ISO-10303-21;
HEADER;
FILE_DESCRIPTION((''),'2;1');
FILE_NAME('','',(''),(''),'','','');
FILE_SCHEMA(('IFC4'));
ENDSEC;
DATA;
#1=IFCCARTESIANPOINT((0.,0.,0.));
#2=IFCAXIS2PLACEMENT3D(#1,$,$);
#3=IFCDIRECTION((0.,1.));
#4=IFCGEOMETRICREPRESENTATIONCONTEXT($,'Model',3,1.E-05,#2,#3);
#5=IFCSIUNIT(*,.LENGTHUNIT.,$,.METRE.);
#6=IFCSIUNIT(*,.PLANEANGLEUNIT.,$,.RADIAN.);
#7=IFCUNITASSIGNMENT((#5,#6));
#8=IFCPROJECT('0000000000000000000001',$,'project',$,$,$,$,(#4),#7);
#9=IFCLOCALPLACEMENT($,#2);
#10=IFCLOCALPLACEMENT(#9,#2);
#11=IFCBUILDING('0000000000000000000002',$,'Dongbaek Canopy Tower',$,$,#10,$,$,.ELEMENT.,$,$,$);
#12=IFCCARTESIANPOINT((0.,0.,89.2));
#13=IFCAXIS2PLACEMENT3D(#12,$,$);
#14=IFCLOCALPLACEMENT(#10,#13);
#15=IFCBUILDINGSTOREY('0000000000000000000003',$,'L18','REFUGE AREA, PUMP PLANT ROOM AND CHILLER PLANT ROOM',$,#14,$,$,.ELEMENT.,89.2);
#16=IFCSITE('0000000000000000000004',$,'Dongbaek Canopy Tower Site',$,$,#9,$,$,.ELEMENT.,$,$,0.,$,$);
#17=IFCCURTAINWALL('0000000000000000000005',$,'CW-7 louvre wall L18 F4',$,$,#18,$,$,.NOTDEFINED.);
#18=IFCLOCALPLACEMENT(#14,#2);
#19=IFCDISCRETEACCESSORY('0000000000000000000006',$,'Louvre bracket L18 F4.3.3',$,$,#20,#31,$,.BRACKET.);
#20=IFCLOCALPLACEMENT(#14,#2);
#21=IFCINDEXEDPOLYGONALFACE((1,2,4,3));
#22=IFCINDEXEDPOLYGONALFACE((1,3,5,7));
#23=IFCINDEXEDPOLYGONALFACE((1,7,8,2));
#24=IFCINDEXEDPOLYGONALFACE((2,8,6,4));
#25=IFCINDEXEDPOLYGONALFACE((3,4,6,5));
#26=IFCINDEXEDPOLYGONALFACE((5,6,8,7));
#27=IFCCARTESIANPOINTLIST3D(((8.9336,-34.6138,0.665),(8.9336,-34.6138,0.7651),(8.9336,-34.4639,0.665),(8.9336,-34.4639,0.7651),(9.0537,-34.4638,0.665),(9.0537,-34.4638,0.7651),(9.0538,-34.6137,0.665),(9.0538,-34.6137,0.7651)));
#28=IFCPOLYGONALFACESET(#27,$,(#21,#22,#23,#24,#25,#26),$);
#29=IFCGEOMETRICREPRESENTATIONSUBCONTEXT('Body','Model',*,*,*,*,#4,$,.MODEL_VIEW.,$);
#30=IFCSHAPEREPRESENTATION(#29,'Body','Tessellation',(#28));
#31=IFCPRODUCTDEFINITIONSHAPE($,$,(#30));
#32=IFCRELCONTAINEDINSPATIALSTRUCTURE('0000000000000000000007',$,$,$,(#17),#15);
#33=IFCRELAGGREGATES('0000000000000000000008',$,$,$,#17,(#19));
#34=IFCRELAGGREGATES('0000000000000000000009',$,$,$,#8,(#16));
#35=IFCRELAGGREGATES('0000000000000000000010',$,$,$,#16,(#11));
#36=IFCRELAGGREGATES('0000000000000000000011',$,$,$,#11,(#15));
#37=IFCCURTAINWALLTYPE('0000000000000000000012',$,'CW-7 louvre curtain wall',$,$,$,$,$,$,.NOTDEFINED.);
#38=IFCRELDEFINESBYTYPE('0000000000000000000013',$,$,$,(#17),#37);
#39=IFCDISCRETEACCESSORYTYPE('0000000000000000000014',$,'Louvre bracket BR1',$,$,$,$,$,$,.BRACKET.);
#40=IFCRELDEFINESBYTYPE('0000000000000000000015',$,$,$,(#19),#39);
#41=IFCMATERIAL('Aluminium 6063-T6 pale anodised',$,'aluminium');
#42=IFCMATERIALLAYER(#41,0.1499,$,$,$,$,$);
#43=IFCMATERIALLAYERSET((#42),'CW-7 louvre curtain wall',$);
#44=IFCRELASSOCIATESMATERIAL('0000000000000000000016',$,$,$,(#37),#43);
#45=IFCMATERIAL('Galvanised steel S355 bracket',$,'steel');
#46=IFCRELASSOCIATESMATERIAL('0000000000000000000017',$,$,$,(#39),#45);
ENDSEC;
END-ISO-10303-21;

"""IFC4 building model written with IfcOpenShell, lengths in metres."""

from ifc_helpers import new_model, si_unit, direction, frame, origin, origin_2d, place, context, subcontext, project, spatial, rectangle, extrude, material, layer, layer_set, type_object, element, aggregate, save


model = new_model("IFC4")

# Units and contexts
model_context = context("Model", 3, precision=1e-05, world=origin(), true_north=direction((0.0, 1.0)))
body_context = subcontext(model_context, "Body", "Model", "MODEL_VIEW")
ifc_project = project(units=[si_unit("LENGTHUNIT", "METRE"), si_unit("PLANEANGLEUNIT", "RADIAN")], contexts=[model_context])

# Site, building, storey
site_placement = place(None, origin())
site = spatial("IfcSite", under=ifc_project, at=site_placement, Name="Dongbaek Canopy Tower Site", CompositionType="ELEMENT", RefElevation=0.0)
building_placement = place(site_placement, origin())
building = spatial("IfcBuilding", under=site, at=building_placement, Name="Dongbaek Canopy Tower", CompositionType="ELEMENT")
storey_placement = place(building_placement, frame((0.0, 0.0, 89.2)))
storey = spatial("IfcBuildingStorey", under=building, at=storey_placement, Name="L18", Description="REFUGE AREA, PUMP PLANT ROOM AND CHILLER PLANT ROOM", CompositionType="ELEMENT", Elevation=89.2)

# Curtain wall
ifc_material_1 = material(Name="Aluminium 6063-T6 pale anodised", Category="aluminium")
ifc_layer_1 = layer(ifc_material_1, 0.1499)
ifc_layer_set_1 = layer_set([ifc_layer_1], Name="CW-7 louvre curtain wall")
curtain_wall_type = type_object("IfcCurtainWallType", Name="CW-7 louvre curtain wall", PredefinedType="NOTDEFINED", material=ifc_layer_set_1)
curtain_wall_placement = place(storey_placement, origin())
curtain_wall = element("IfcCurtainWall", 1, at=curtain_wall_placement, inside=storey, type_object=curtain_wall_type, Name="CW-7 louvre wall L18 F4", PredefinedType="NOTDEFINED")

# Discrete accessory
ifc_material_2 = material(Name="Galvanised steel S355 bracket", Category="steel")
discrete_accessory_type = type_object("IfcDiscreteAccessoryType", Name="Louvre bracket BR1", PredefinedType="BRACKET", material=ifc_material_2)
discrete_accessory_1_placement = place(storey_placement, frame((8.9937, -34.5388, 0.665), z_axis=(0.0, 0.0, 1.0), x_axis=(1.0, 0.000524, 0.0)))
discrete_accessory_1 = element("IfcDiscreteAccessory", 2, at=discrete_accessory_1_placement, type_object=discrete_accessory_type, Name="Louvre bracket L18 F4.3.3", PredefinedType="BRACKET", context=body_context, shape_type="SweptSolid", body=[
    extrude(rectangle(XDim=0.1201, YDim=0.1499, at=origin_2d()), origin(), (0.0, 0.0, 1.0), 0.1001),
])
aggregate(curtain_wall, [discrete_accessory_1])

save(model, "model.ifc")
